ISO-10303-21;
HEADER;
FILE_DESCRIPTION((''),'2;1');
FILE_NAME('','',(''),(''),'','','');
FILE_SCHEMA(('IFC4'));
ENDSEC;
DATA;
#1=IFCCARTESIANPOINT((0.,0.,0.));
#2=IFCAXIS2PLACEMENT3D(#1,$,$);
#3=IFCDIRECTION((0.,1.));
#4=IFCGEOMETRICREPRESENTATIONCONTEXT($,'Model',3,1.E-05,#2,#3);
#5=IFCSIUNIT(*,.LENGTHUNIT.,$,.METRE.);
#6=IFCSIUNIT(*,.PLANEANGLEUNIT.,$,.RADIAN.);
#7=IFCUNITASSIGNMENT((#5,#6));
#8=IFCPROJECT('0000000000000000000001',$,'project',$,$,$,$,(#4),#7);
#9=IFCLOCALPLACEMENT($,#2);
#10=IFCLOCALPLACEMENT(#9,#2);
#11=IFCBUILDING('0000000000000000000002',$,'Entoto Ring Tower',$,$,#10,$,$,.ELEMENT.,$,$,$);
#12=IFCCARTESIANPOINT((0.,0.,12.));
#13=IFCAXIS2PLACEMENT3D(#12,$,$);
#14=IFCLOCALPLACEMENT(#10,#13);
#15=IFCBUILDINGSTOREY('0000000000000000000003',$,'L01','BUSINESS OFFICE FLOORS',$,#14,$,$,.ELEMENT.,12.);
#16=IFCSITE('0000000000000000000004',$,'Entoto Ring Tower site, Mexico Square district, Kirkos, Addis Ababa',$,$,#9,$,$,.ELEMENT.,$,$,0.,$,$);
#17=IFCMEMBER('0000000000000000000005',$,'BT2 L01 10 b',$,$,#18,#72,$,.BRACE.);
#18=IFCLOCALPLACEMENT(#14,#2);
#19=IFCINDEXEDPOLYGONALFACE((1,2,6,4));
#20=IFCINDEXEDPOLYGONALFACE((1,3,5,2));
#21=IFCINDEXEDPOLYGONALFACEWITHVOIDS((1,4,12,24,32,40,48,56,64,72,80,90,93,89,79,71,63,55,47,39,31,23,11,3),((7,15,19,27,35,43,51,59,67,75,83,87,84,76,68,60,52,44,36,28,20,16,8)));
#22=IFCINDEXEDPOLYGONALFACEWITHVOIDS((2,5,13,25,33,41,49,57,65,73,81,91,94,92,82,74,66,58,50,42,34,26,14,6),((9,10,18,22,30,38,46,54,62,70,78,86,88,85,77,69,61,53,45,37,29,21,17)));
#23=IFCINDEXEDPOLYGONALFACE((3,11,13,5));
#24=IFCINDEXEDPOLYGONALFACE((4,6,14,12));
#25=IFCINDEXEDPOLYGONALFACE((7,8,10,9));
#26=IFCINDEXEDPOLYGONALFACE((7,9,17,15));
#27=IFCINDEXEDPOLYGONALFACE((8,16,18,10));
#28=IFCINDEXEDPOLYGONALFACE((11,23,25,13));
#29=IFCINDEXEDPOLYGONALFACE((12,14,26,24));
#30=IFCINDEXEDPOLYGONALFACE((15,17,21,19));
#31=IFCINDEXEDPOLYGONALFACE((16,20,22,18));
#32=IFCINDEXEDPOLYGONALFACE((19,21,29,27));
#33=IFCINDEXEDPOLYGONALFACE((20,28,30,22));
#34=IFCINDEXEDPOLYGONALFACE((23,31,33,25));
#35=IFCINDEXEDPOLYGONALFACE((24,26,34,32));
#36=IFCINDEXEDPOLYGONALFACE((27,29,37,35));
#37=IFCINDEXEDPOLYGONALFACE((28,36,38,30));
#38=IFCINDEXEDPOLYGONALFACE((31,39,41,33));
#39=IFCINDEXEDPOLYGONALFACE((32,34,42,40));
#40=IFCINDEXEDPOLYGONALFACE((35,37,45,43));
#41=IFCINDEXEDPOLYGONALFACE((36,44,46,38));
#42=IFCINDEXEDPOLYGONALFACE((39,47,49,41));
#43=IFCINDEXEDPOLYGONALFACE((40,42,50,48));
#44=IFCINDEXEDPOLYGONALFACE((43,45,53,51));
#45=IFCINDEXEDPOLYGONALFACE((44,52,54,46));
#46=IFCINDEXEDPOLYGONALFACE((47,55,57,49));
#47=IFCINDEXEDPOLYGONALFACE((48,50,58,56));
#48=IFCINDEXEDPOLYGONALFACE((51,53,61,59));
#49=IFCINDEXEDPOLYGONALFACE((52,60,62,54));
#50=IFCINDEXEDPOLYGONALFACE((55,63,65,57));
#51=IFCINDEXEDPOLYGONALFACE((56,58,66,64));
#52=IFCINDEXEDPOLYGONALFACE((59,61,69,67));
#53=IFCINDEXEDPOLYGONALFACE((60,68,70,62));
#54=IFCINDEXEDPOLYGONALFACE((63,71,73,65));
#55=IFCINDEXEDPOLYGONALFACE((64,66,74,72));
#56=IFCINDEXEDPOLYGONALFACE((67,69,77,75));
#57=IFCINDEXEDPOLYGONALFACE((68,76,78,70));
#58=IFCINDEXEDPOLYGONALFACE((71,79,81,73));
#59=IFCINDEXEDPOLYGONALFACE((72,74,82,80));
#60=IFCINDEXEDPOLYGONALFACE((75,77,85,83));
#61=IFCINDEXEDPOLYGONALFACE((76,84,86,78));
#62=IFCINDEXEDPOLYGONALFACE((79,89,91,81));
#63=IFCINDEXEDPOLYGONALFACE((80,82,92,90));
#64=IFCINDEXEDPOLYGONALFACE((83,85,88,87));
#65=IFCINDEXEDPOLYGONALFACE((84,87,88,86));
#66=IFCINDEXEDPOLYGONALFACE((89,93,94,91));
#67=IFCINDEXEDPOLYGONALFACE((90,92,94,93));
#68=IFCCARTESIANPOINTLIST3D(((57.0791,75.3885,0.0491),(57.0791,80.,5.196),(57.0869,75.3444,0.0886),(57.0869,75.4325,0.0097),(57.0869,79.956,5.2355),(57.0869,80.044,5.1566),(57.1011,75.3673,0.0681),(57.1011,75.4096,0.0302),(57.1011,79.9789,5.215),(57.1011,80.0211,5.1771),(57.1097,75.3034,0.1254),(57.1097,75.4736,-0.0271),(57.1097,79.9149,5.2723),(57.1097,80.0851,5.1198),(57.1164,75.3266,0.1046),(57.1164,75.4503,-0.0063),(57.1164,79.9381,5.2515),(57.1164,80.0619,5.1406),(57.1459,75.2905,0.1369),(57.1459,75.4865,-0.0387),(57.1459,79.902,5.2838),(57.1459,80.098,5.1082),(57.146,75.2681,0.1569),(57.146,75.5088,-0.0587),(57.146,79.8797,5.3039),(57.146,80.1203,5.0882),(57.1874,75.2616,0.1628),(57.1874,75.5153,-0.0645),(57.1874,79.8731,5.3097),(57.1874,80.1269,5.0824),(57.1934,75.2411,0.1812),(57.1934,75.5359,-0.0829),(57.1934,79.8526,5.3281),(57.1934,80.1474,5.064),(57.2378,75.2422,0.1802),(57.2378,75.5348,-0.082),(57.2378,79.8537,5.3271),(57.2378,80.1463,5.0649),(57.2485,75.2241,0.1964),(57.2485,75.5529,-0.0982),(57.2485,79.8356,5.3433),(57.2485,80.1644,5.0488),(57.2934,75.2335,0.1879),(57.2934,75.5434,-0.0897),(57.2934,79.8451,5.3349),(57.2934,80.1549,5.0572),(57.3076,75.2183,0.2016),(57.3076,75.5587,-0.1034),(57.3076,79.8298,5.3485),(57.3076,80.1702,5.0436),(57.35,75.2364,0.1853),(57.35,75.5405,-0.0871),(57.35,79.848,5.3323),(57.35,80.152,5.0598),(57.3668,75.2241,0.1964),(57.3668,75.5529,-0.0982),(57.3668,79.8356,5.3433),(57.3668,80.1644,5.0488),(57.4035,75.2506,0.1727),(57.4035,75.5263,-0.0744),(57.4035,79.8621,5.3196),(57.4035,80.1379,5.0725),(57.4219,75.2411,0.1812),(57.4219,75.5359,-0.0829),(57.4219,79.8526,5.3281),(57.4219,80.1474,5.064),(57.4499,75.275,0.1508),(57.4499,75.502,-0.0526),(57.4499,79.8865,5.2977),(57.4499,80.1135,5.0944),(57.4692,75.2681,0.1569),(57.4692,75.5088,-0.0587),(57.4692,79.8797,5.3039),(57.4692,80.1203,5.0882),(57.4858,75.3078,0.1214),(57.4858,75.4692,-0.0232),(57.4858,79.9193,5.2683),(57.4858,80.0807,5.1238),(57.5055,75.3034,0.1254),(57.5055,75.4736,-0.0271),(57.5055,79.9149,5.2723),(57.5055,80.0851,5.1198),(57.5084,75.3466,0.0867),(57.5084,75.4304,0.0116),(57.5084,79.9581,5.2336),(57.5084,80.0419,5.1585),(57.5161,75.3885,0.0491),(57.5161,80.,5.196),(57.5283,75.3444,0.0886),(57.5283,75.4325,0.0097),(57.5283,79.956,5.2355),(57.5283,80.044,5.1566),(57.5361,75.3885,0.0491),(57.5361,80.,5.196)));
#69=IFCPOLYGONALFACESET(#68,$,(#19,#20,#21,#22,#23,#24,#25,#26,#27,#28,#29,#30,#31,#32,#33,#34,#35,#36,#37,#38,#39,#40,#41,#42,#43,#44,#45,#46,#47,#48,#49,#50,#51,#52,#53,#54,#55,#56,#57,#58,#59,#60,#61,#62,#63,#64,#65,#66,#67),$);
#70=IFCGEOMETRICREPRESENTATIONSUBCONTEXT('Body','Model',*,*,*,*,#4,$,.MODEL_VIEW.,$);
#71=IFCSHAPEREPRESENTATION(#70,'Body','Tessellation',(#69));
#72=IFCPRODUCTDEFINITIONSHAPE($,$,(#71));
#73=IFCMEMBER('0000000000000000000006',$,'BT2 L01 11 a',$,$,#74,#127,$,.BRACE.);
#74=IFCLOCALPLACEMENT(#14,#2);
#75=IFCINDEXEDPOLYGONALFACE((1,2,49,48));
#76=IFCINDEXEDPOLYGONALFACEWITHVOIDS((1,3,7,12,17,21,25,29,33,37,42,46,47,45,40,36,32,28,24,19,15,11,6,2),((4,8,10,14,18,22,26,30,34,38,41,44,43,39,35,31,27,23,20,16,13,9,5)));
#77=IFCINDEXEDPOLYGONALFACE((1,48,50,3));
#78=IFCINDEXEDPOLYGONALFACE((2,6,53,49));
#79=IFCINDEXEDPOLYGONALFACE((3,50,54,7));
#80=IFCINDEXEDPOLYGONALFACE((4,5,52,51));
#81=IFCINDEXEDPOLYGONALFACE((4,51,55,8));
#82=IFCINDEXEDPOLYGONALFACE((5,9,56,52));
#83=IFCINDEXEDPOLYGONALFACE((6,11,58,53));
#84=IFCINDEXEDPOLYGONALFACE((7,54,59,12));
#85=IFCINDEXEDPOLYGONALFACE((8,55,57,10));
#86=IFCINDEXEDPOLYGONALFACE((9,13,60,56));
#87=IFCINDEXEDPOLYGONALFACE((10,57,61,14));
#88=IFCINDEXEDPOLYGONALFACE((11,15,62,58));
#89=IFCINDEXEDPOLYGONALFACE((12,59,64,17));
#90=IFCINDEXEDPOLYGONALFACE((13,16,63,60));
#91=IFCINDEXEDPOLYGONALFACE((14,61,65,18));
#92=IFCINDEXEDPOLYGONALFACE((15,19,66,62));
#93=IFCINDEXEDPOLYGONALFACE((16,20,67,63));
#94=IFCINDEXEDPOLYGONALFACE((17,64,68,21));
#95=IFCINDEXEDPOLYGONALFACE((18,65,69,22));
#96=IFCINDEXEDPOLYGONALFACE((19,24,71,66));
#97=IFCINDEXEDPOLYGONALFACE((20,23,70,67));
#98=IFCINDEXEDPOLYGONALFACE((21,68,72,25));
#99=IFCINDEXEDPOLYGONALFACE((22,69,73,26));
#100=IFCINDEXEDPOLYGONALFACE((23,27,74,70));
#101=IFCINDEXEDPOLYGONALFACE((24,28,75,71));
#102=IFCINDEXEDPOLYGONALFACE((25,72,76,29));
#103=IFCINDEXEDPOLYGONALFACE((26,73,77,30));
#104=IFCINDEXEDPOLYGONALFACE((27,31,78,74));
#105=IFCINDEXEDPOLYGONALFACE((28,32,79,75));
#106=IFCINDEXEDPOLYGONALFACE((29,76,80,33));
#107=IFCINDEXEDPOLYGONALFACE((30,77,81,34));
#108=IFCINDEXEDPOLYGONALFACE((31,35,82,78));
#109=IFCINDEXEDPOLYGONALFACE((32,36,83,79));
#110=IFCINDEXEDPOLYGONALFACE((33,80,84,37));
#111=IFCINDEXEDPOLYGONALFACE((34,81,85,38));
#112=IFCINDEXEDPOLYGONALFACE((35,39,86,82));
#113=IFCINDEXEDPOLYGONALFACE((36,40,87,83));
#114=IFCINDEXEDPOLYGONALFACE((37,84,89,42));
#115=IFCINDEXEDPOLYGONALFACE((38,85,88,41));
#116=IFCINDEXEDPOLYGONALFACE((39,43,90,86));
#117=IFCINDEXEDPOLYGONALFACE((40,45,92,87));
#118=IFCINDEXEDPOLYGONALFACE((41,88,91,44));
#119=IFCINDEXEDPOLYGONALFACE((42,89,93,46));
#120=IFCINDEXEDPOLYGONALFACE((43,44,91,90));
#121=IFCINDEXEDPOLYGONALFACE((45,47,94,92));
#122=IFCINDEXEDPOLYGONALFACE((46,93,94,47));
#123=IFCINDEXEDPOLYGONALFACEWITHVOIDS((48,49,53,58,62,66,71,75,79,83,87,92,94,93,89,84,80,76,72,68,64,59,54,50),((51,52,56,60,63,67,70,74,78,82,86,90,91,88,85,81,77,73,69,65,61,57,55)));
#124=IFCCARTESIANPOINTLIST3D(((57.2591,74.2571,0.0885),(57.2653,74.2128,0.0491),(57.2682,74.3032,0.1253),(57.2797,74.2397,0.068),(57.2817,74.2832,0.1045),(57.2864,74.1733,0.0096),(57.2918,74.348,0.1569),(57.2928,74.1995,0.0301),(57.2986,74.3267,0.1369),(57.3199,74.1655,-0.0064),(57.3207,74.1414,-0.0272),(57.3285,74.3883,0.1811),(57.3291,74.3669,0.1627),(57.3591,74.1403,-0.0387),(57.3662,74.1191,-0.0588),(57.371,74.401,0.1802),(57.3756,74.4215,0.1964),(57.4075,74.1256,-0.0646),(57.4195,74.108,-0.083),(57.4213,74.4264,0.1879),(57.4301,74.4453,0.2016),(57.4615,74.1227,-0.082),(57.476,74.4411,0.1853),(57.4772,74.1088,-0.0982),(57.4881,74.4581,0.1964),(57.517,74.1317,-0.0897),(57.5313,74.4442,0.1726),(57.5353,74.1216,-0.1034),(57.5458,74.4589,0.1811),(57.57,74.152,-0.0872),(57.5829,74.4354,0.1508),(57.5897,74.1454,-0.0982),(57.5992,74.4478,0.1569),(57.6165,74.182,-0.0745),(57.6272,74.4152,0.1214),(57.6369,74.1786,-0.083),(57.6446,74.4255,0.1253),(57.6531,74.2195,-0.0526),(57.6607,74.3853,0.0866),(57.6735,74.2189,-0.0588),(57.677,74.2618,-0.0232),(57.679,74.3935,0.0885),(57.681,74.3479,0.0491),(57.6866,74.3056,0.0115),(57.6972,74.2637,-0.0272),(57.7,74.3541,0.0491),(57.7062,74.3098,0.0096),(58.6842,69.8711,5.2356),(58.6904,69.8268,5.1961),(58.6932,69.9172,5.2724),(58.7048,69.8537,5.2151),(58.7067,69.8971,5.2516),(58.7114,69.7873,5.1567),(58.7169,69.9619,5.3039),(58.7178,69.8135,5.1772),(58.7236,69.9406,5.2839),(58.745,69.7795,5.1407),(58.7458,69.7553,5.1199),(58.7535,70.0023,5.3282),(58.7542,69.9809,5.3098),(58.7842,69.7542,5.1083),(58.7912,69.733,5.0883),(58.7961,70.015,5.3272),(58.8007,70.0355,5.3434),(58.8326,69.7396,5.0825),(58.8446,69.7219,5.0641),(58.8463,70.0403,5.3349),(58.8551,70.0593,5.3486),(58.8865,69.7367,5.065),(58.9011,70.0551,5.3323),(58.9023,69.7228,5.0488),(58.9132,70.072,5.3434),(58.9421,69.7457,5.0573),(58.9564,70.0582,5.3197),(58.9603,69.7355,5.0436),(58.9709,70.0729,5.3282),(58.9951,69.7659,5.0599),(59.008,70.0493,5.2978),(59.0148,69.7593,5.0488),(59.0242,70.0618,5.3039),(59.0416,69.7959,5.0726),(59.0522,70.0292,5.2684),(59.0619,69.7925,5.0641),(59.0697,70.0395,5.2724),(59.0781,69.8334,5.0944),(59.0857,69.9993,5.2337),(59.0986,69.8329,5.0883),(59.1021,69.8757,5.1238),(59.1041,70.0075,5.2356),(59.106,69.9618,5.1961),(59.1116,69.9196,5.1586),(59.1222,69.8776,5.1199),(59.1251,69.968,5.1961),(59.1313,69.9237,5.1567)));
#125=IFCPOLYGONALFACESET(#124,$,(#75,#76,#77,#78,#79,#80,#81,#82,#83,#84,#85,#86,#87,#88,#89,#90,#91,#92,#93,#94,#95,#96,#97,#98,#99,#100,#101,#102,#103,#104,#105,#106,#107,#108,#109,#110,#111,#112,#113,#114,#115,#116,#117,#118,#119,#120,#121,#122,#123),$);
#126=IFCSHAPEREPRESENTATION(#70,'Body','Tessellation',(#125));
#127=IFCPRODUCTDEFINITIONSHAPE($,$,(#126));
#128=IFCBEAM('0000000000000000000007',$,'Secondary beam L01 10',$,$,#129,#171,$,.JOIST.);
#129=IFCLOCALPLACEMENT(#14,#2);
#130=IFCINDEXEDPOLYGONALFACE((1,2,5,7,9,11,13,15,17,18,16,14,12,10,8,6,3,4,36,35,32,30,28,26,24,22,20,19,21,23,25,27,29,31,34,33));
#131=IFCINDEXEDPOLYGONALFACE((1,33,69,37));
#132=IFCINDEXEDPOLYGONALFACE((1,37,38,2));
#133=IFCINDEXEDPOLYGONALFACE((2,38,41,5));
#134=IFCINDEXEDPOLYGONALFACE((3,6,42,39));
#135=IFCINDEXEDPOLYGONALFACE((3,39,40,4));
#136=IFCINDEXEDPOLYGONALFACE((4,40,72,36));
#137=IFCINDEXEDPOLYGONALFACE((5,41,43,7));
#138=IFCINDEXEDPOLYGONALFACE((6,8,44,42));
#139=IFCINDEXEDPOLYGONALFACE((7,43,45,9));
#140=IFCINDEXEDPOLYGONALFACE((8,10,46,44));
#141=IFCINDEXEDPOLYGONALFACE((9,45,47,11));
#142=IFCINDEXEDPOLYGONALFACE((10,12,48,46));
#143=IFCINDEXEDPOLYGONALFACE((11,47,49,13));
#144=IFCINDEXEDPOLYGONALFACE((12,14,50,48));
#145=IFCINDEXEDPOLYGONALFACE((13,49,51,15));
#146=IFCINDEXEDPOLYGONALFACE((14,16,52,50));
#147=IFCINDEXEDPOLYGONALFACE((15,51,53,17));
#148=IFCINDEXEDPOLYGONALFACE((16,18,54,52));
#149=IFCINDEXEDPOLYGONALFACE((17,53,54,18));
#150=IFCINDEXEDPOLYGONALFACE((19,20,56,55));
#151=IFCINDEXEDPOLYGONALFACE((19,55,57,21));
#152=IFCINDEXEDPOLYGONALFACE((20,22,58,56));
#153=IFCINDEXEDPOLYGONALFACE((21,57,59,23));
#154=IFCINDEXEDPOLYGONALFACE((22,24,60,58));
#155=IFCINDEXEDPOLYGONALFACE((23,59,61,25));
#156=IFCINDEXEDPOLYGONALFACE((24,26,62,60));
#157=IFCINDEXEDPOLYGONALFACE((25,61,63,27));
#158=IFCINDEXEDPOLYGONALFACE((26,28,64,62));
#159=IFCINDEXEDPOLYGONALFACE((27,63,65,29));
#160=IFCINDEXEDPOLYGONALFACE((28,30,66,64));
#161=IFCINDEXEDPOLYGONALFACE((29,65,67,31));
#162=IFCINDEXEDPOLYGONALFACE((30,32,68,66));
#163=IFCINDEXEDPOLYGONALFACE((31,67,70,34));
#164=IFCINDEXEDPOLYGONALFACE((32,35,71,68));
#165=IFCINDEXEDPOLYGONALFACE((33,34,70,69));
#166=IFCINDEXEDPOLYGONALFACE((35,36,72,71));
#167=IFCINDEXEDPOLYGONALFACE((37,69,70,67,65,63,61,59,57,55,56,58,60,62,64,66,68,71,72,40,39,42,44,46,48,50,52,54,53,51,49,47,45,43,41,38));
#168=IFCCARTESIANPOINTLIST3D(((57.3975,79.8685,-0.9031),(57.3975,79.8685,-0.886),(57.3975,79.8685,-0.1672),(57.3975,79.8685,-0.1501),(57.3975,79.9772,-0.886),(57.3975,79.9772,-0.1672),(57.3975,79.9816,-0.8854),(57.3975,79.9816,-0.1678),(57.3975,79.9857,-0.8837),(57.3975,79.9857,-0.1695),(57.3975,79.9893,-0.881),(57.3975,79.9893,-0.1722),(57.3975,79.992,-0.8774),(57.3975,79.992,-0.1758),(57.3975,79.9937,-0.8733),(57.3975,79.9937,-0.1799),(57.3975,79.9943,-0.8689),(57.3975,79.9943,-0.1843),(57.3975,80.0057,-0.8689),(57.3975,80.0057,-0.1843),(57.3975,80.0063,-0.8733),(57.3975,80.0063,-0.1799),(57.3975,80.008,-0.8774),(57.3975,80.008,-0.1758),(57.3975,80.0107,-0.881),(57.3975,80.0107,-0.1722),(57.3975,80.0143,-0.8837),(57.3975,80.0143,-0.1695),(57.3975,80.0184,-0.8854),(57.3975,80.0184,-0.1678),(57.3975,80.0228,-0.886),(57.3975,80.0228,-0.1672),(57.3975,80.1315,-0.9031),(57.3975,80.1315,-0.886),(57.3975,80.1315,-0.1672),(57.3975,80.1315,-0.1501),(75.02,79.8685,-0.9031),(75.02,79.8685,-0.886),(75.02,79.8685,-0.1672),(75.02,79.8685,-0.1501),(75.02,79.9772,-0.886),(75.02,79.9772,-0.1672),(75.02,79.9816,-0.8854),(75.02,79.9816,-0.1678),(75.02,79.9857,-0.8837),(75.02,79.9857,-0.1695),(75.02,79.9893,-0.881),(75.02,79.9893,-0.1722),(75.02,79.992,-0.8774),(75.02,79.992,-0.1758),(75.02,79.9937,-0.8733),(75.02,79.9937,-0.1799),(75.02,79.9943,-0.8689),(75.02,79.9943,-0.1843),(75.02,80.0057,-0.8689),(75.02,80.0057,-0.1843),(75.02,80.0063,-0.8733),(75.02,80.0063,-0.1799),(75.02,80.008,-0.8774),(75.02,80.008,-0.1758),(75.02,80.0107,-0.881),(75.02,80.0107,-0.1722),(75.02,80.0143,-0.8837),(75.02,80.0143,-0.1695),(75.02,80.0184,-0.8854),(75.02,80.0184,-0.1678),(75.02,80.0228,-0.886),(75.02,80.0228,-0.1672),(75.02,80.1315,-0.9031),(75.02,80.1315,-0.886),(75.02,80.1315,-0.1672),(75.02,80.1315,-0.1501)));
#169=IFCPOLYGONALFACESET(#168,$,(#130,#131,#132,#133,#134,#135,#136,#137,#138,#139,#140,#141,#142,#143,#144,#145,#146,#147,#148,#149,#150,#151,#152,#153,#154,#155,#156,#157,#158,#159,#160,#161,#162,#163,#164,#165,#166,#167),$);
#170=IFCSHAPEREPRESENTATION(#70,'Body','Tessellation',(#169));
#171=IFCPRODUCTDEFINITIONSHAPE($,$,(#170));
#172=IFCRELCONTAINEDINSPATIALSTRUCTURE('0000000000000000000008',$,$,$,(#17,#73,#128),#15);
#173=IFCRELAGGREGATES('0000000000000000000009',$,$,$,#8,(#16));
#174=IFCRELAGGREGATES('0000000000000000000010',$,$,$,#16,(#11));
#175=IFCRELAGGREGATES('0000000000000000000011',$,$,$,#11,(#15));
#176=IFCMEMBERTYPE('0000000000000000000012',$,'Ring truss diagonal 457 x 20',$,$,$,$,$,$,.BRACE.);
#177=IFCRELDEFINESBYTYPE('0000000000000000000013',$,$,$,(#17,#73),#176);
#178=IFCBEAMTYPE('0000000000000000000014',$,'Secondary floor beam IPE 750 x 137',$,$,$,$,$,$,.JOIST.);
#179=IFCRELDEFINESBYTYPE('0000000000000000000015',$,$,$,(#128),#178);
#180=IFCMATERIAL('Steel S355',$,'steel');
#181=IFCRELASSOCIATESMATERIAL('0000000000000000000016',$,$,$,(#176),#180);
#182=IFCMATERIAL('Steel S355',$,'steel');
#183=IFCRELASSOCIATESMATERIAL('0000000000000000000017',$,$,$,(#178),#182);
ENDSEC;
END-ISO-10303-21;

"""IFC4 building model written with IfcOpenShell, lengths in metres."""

from ifc_helpers import new_model, si_unit, direction, frame, origin, origin_2d, place, context, subcontext, project, spatial, circle, hollow_circle, i_section, extrude, material, material_profile, profile_set, type_object, element, save


model = new_model("IFC4")

# Units and contexts
model_context = context("Model", 3, precision=1e-05, world=origin(), true_north=direction((0.0, 1.0)))
body_context = subcontext(model_context, "Body", "Model", "MODEL_VIEW")
ifc_project = project(units=[si_unit("LENGTHUNIT", "METRE"), si_unit("PLANEANGLEUNIT", "RADIAN")], contexts=[model_context])

# Site, building, storey
site_placement = place(None, origin())
site = spatial("IfcSite", under=ifc_project, at=site_placement, Name="Entoto Ring Tower site, Mexico Square district, Kirkos, Addis Ababa", CompositionType="ELEMENT", RefElevation=0.0)
building_placement = place(site_placement, origin())
building = spatial("IfcBuilding", under=site, at=building_placement, Name="Entoto Ring Tower", CompositionType="ELEMENT")
storey_placement = place(building_placement, frame((0.0, 0.0, 12.0)))
storey = spatial("IfcBuildingStorey", under=building, at=storey_placement, Name="L01", Description="BUSINESS OFFICE FLOORS", CompositionType="ELEMENT", Elevation=12.0)

# Members
ifc_material_1 = material(Name="Steel S355", Category="steel")
ifc_material_profile_1 = material_profile(ifc_material_1, hollow_circle(Radius=0.2285, WallThickness=0.02, at=origin_2d()), Name="CHS 457 x 20")
ifc_material_2 = material(Name="Concrete C60/75", Category="concrete")
ifc_material_profile_2 = material_profile(ifc_material_2, circle(Radius=0.2085, at=origin_2d()), Name="Concrete C60/75 infill")
ifc_profile_set_1 = profile_set([ifc_material_profile_1, ifc_material_profile_2], Name="Steel S355")
member_type_1 = type_object("IfcMemberType", Name="Ring truss diagonal 457 x 20", PredefinedType="BRACE", material=ifc_profile_set_1)
for number, where, z_axis, x_axis, name in (
    (1, (57.3076, 80.0, 5.196), (0.0, -0.667308, -0.744782), (1.0, 0.0, 0.0), "BT2 L01 10 b"),
):
    element("IfcMember", number, at=place(storey_placement, frame(where, z_axis=z_axis, x_axis=x_axis)), inside=storey, type_object=member_type_1, Name=name, PredefinedType="BRACE", context=body_context, shape_type="SweptSolid", body=[
        extrude(hollow_circle(Radius=0.2285, WallThickness=0.02, at=origin_2d()), origin(), (0.0, 0.0, 1.0), 6.9106),
    ])
member_placement = place(storey_placement, frame((57.4827, 74.2834, 0.0491), z_axis=(0.206206, -0.634658, 0.744774), x_axis=(0.951059, 0.309008, 0.0)))
element("IfcMember", 2, at=member_placement, inside=storey, type_object=member_type_1, Name="BT2 L01 11 a", PredefinedType="BRACE", context=body_context, shape_type="SweptSolid", body=[
    extrude(hollow_circle(Radius=0.2285, WallThickness=0.02, at=origin_2d()), origin(), (0.0, 0.0, 1.0), 6.9109),
])

# Beam
ifc_material_3 = material(Name="Steel S355", Category="steel")
ifc_material_profile_3 = material_profile(ifc_material_3, i_section(OverallWidth=0.2629, OverallDepth=0.7529, WebThickness=0.0115, FlangeThickness=0.0171, FilletRadius=0.0171, at=origin_2d()), Name="IPE 750 x 137")
ifc_profile_set_2 = profile_set([ifc_material_profile_3], Name="Steel S355")
beam_type_1 = type_object("IfcBeamType", Name="Secondary floor beam IPE 750 x 137", PredefinedType="JOIST", material=ifc_profile_set_2)
beam_1_placement = place(storey_placement, frame((75.02, 80.0, -0.5266), z_axis=(-1.0, 0.0, 0.0), x_axis=(0.0, -1.0, 0.0)))
element("IfcBeam", 3, at=beam_1_placement, inside=storey, type_object=beam_type_1, Name="Secondary beam L01 10", PredefinedType="JOIST", context=body_context, shape_type="SweptSolid", body=[
    extrude(i_section(OverallWidth=0.2629, OverallDepth=0.7529, WebThickness=0.0115, FlangeThickness=0.0171, FilletRadius=0.0171, at=origin_2d()), origin(), (0.0, 0.0, 1.0), 17.6226),
])

save(model, "model.ifc")
